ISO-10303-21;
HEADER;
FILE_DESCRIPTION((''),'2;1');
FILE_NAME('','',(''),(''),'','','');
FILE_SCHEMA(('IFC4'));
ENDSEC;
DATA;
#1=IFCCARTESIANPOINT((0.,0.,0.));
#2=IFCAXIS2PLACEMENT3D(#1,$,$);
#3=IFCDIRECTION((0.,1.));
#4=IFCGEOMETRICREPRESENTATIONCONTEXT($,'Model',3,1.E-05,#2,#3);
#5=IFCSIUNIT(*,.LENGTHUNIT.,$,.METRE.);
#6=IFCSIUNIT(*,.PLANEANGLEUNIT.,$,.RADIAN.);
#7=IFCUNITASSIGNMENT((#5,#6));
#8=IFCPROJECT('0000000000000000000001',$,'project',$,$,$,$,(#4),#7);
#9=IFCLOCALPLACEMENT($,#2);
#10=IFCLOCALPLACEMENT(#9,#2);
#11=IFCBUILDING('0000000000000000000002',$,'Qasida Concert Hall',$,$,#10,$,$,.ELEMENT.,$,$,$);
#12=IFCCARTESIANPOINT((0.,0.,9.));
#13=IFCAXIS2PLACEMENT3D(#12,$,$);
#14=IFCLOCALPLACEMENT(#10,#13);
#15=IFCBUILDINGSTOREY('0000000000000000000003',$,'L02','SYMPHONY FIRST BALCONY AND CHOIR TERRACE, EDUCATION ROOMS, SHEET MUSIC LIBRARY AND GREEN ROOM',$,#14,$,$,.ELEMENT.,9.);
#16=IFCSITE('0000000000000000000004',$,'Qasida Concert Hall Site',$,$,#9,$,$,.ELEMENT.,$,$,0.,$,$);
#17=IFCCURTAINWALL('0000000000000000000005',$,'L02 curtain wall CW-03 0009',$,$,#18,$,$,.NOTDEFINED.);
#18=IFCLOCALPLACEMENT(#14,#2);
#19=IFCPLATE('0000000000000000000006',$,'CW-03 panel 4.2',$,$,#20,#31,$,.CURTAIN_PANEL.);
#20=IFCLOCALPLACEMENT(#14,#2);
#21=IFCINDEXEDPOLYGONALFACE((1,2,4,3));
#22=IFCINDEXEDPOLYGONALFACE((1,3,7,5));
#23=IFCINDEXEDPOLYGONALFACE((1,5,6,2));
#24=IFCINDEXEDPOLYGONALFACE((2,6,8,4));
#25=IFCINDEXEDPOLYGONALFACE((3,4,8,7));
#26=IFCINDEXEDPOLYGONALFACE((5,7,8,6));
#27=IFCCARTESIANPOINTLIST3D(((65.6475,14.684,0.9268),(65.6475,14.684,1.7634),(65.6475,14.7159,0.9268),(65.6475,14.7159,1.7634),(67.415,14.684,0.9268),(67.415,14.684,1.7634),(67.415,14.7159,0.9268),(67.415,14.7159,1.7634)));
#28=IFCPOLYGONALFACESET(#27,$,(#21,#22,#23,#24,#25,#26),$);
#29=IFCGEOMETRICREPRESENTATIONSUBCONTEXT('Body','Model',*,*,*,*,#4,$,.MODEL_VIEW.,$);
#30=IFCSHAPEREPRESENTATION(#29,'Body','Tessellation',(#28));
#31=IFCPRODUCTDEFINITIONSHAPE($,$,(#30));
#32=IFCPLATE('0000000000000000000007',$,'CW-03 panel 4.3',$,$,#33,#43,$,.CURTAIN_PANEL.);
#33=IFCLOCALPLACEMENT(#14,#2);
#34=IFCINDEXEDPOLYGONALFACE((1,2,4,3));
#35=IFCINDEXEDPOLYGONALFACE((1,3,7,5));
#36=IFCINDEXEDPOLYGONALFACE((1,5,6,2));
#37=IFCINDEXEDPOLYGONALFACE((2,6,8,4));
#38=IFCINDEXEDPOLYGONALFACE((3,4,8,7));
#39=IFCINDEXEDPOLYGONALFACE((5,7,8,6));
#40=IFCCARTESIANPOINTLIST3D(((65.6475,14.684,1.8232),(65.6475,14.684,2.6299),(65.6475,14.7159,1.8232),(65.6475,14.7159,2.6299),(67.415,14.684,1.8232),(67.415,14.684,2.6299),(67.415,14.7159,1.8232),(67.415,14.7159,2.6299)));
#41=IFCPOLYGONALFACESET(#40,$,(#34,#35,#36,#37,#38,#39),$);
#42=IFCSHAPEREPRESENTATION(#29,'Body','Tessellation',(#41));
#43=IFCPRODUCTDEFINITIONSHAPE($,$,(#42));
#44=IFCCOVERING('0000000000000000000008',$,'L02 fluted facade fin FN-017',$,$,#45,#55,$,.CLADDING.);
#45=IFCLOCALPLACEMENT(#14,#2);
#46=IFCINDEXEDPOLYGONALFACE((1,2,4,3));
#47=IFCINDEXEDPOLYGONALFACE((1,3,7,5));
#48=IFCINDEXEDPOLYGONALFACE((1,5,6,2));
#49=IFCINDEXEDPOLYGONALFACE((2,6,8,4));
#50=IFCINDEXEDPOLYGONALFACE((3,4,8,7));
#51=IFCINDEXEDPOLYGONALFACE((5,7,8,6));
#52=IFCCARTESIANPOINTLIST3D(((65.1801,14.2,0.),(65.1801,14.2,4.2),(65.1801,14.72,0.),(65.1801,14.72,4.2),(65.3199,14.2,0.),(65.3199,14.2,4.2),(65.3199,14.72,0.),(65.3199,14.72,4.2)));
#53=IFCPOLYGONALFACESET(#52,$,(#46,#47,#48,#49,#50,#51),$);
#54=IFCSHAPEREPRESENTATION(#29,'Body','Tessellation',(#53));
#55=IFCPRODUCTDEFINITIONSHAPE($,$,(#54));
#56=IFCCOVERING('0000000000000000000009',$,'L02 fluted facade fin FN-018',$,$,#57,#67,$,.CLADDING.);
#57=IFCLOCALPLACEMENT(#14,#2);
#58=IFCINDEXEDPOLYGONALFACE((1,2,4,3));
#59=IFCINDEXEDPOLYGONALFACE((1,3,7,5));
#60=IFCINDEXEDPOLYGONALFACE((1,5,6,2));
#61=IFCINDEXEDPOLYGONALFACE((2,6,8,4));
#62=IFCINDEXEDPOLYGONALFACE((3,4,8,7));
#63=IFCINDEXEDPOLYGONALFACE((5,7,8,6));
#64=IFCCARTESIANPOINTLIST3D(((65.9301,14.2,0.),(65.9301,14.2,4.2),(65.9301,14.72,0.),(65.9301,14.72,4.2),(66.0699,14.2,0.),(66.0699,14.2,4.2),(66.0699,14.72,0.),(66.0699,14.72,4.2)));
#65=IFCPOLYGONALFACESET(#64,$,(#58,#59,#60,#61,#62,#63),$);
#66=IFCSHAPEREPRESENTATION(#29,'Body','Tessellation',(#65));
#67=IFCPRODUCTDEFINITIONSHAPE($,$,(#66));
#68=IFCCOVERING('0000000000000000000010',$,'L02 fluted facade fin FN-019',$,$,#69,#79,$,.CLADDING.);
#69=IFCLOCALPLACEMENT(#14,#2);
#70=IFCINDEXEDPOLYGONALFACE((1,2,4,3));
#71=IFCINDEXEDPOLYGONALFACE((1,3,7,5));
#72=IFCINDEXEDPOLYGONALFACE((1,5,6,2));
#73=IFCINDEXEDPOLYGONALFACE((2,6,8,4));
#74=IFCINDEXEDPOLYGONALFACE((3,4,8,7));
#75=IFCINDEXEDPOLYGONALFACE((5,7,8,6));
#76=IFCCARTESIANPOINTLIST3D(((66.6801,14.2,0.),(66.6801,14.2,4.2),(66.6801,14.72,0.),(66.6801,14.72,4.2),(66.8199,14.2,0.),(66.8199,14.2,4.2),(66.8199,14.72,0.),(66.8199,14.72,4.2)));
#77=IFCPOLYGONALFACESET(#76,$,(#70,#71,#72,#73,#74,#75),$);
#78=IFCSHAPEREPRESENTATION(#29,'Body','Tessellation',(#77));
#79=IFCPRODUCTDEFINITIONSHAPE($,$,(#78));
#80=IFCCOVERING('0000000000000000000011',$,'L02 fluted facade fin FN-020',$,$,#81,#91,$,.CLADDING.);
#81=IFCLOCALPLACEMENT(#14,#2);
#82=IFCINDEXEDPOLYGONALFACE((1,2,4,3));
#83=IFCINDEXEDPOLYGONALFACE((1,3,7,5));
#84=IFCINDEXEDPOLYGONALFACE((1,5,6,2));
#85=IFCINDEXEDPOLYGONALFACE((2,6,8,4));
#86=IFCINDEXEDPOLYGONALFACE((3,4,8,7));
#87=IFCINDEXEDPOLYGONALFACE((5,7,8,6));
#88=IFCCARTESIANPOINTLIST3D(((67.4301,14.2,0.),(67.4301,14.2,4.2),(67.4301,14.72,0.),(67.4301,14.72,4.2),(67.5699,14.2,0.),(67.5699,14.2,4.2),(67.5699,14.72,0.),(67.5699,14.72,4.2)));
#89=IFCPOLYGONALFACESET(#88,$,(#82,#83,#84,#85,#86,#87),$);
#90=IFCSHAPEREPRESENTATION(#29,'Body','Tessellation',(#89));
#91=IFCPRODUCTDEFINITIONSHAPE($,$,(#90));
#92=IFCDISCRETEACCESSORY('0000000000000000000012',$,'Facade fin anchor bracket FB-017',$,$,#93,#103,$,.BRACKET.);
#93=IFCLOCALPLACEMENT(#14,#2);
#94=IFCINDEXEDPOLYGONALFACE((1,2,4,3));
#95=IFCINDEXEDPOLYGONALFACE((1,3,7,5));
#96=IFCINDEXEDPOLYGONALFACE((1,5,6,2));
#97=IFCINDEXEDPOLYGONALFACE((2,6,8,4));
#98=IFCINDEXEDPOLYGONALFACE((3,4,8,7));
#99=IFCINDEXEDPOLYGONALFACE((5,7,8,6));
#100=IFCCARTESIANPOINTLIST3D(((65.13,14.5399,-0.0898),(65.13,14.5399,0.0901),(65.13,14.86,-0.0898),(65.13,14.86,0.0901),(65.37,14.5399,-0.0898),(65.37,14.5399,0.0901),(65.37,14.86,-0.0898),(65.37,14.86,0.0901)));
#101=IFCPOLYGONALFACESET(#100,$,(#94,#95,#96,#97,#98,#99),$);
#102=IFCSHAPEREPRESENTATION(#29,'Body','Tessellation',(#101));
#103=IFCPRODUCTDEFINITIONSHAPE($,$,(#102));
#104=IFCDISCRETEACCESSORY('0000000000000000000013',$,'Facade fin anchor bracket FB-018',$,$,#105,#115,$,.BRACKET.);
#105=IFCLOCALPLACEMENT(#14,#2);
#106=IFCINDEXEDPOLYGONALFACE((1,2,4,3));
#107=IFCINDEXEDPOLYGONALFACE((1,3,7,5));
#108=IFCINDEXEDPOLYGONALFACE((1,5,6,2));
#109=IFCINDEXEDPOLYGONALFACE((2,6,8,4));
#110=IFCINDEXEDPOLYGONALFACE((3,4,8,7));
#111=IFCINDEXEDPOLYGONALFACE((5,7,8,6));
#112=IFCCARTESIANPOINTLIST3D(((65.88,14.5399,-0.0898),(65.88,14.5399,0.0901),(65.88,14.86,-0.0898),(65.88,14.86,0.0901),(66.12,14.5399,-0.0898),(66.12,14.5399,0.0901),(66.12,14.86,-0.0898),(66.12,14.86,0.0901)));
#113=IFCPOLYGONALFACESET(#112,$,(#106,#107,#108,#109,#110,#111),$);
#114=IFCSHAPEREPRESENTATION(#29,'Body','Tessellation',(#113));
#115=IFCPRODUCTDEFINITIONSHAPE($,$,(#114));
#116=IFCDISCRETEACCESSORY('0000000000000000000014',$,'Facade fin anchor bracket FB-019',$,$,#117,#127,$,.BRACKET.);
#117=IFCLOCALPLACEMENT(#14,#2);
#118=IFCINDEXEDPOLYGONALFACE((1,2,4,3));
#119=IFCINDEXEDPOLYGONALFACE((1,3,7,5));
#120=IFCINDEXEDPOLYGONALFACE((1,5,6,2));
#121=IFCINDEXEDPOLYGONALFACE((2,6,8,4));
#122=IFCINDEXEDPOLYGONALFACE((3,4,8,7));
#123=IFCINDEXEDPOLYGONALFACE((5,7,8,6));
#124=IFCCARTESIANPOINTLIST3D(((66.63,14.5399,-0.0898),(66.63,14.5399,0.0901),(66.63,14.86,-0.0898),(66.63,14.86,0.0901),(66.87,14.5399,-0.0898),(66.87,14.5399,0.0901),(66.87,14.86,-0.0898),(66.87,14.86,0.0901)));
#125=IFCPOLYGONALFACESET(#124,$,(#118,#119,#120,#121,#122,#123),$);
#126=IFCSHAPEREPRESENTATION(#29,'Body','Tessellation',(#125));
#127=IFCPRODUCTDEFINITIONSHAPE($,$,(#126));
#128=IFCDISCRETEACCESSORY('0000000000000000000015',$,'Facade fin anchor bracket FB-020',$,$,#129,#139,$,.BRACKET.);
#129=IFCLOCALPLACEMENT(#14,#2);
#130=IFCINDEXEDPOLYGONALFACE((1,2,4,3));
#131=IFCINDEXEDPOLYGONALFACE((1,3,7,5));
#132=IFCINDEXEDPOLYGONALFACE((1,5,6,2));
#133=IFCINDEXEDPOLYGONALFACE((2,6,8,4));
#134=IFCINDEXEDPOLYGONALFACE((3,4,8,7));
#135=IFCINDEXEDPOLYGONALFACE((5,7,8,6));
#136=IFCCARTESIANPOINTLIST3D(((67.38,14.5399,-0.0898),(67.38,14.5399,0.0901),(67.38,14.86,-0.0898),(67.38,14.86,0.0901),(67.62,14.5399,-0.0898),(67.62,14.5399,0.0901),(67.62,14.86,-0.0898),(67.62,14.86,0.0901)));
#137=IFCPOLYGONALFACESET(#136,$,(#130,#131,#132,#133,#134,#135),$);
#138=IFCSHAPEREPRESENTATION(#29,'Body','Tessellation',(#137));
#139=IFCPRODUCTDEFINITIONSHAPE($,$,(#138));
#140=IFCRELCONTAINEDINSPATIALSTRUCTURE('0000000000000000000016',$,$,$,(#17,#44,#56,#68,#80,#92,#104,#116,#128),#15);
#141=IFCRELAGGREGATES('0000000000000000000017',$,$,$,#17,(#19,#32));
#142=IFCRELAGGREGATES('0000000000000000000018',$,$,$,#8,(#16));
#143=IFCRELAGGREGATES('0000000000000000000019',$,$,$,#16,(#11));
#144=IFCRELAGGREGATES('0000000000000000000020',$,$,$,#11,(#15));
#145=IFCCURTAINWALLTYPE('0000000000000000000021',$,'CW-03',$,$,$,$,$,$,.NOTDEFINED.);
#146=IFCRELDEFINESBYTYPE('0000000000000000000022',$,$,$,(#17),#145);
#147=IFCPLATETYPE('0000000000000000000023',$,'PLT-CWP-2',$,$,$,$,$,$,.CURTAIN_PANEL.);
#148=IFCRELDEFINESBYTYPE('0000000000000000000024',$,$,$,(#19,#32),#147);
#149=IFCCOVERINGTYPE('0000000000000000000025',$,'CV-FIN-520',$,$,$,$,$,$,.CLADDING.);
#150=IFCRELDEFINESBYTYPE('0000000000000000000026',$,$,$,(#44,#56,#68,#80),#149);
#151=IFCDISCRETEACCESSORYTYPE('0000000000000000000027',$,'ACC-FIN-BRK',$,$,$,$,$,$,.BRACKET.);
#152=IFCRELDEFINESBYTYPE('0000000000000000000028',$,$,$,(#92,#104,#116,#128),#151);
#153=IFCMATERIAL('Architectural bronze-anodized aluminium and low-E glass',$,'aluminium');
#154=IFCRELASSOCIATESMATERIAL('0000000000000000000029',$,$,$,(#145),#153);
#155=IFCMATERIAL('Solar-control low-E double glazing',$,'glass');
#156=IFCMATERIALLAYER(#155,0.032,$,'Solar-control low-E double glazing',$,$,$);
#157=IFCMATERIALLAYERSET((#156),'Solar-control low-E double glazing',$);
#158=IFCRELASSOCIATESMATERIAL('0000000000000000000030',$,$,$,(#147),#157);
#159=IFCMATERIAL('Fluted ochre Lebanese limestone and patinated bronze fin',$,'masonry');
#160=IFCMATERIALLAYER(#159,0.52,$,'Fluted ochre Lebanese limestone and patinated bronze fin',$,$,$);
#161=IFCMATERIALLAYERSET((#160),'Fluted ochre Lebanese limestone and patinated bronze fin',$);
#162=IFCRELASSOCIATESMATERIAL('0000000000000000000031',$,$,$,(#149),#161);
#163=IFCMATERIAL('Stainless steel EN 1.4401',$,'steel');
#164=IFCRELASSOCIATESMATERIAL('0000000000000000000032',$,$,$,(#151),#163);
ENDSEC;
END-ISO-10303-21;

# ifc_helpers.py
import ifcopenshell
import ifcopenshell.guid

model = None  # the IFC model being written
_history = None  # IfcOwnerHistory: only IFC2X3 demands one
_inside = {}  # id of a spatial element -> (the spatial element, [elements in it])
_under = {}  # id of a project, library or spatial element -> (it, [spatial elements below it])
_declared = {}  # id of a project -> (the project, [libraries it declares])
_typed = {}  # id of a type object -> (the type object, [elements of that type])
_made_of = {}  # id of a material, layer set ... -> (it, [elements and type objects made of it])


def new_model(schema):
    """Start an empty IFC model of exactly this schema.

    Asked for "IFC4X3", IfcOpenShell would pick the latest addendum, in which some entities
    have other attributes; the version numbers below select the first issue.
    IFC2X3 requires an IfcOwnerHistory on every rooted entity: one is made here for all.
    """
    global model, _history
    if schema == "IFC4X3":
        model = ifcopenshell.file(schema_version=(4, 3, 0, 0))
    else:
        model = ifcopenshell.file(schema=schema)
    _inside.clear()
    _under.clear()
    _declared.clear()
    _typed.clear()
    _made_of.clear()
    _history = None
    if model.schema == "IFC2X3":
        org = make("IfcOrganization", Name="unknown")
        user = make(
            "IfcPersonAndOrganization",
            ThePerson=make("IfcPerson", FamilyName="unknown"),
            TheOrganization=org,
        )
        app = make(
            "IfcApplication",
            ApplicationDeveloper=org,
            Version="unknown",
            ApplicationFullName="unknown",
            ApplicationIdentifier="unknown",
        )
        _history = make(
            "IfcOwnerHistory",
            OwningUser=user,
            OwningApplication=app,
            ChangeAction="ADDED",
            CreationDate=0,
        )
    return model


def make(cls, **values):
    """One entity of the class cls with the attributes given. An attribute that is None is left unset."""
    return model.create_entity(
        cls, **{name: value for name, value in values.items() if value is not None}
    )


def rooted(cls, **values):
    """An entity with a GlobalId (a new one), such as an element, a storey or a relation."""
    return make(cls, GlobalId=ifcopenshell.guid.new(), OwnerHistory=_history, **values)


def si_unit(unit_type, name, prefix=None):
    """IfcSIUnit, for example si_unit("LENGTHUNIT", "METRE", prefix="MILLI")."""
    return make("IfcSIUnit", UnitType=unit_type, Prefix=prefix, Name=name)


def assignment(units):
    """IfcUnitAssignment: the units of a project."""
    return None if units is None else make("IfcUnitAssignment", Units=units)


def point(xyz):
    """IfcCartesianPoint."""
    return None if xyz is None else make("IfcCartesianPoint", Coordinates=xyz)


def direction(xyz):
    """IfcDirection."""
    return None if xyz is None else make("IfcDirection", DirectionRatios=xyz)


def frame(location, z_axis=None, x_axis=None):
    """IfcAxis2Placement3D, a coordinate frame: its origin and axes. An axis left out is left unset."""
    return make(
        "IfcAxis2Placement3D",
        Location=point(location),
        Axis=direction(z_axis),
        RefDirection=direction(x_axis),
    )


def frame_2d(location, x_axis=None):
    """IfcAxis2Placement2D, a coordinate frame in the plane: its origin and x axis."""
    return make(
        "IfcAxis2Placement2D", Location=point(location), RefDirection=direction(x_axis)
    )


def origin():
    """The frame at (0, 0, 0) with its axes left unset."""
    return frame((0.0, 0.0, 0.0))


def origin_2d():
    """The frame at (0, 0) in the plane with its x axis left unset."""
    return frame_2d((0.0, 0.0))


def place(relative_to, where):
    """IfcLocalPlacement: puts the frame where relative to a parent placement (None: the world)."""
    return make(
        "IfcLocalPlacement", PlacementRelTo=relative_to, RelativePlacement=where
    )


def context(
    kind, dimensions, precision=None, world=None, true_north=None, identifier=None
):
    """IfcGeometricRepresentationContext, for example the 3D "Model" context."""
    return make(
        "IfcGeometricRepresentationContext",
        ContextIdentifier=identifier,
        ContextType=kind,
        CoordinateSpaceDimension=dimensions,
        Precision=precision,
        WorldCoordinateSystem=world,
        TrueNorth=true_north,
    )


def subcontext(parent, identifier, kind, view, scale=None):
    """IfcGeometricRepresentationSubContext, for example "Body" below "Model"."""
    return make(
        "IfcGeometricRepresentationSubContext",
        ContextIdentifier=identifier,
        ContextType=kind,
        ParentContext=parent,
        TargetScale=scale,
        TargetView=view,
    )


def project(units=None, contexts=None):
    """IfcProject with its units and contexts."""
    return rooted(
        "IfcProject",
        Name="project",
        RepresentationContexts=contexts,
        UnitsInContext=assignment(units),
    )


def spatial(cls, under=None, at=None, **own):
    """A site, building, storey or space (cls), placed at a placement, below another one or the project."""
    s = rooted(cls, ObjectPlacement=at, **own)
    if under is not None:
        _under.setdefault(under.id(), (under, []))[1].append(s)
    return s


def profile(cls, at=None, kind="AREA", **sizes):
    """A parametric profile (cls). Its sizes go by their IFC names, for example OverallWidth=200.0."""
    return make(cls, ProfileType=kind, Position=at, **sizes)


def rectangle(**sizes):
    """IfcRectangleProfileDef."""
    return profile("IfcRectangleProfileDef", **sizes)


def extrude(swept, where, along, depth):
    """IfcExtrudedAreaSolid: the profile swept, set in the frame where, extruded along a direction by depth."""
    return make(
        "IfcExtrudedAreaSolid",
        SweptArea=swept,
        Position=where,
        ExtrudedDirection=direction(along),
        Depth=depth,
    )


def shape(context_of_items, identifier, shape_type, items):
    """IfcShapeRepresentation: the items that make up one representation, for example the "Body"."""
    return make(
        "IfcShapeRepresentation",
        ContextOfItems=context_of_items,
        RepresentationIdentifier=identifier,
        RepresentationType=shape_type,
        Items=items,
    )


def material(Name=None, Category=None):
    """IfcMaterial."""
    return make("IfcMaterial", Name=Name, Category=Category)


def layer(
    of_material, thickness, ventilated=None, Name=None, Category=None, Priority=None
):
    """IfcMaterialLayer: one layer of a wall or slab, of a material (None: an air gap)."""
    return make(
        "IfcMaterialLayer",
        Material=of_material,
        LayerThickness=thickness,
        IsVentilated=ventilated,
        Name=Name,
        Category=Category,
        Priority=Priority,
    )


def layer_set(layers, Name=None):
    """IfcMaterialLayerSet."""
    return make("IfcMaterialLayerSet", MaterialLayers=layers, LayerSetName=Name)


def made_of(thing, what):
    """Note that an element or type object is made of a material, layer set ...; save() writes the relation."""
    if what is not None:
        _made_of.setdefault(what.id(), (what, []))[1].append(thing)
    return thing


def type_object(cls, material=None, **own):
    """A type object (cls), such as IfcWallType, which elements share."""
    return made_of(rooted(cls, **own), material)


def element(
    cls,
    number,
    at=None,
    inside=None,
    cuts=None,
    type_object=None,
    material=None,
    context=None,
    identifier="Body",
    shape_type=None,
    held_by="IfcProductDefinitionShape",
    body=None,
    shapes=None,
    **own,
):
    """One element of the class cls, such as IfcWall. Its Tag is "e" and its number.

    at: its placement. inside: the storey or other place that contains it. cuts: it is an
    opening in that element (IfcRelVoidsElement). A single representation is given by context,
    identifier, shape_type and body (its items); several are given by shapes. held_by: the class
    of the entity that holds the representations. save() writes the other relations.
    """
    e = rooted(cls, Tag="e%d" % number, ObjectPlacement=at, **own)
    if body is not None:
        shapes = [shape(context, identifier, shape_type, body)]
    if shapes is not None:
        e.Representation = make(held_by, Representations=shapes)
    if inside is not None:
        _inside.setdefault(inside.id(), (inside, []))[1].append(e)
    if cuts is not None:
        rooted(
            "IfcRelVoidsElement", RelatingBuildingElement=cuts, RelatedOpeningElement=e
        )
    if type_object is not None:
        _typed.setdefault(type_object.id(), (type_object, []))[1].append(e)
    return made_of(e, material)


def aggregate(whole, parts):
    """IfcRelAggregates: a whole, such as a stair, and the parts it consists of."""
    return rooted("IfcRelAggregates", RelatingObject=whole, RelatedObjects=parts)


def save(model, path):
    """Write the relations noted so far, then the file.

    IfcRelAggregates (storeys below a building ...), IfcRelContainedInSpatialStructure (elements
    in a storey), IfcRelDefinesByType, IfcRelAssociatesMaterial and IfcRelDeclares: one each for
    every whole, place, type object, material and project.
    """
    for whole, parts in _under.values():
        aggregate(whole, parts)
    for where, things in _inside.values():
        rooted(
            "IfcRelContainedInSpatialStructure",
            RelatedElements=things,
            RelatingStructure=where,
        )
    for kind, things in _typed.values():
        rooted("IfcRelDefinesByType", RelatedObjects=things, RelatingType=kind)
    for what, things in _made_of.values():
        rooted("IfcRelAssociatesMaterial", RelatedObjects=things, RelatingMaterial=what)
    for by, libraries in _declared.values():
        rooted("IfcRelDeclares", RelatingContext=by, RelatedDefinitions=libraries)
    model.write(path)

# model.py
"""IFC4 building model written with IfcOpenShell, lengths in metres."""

from ifc_helpers import new_model, si_unit, direction, frame, origin, origin_2d, place, context, subcontext, project, spatial, rectangle, extrude, material, layer, layer_set, type_object, element, aggregate, save


model = new_model("IFC4")

# Units and contexts
model_context = context("Model", 3, precision=1e-05, world=origin(), true_north=direction((0.0, 1.0)))
body_context = subcontext(model_context, "Body", "Model", "MODEL_VIEW")
ifc_project = project(units=[si_unit("LENGTHUNIT", "METRE"), si_unit("PLANEANGLEUNIT", "RADIAN")], contexts=[model_context])

# Site, building, storey
site_placement = place(None, origin())
site = spatial("IfcSite", under=ifc_project, at=site_placement, Name="Qasida Concert Hall Site", CompositionType="ELEMENT", RefElevation=0.0)
building_placement = place(site_placement, origin())
building = spatial("IfcBuilding", under=site, at=building_placement, Name="Qasida Concert Hall", CompositionType="ELEMENT")
storey_placement = place(building_placement, frame((0.0, 0.0, 9.0)))
storey = spatial("IfcBuildingStorey", under=building, at=storey_placement, Name="L02", Description="SYMPHONY FIRST BALCONY AND CHOIR TERRACE, EDUCATION ROOMS, SHEET MUSIC LIBRARY AND GREEN ROOM", CompositionType="ELEMENT", Elevation=9.0)

# Curtain wall
ifc_material_1 = material(Name="Architectural bronze-anodized aluminium and low-E glass", Category="aluminium")
curtain_wall_type = type_object("IfcCurtainWallType", Name="CW-03", PredefinedType="NOTDEFINED", material=ifc_material_1)
curtain_wall_1_placement = place(storey_placement, origin())
curtain_wall_1 = element("IfcCurtainWall", 1, at=curtain_wall_1_placement, inside=storey, type_object=curtain_wall_type, Name="L02 curtain wall CW-03 0009", PredefinedType="NOTDEFINED")

# Plates
ifc_material_2 = material(Name="Solar-control low-E double glazing", Category="glass")
ifc_layer_1 = layer(ifc_material_2, 0.032, Name="Solar-control low-E double glazing")
ifc_layer_set_1 = layer_set([ifc_layer_1], Name="Solar-control low-E double glazing")
plate_type = type_object("IfcPlateType", Name="PLT-CWP-2", PredefinedType="CURTAIN_PANEL", material=ifc_layer_set_1)
plate_1_placement = place(storey_placement, frame((66.5312, 14.7, 0.9268), z_axis=(0.0, 0.0, 1.0), x_axis=(1.0, 0.0, 0.0)))
plate_1 = element("IfcPlate", 2, at=plate_1_placement, type_object=plate_type, Name="CW-03 panel 4.2", PredefinedType="CURTAIN_PANEL", context=body_context, shape_type="SweptSolid", body=[
    extrude(rectangle(XDim=1.7676, YDim=0.032, at=origin_2d()), origin(), (0.0, 0.0, 1.0), 0.8367),
])
plate_2_placement = place(storey_placement, frame((66.5312, 14.7, 1.8232), z_axis=(0.0, 0.0, 1.0), x_axis=(1.0, 0.0, 0.0)))
plate_2 = element("IfcPlate", 3, at=plate_2_placement, type_object=plate_type, Name="CW-03 panel 4.3", PredefinedType="CURTAIN_PANEL", context=body_context, shape_type="SweptSolid", body=[
    extrude(rectangle(XDim=1.7676, YDim=0.032, at=origin_2d()), origin(), (0.0, 0.0, 1.0), 0.8066),
])
aggregate(curtain_wall_1, [plate_1, plate_2])

# Coverings
ifc_material_3 = material(Name="Fluted ochre Lebanese limestone and patinated bronze fin", Category="masonry")
ifc_layer_2 = layer(ifc_material_3, 0.52, Name="Fluted ochre Lebanese limestone and patinated bronze fin")
ifc_layer_set_2 = layer_set([ifc_layer_2], Name="Fluted ochre Lebanese limestone and patinated bronze fin")
covering_type = type_object("IfcCoveringType", Name="CV-FIN-520", PredefinedType="CLADDING", material=ifc_layer_set_2)
for number, where, z_axis, x_axis, name in (
    (4, (65.25, 14.46, 0.0), (0.0, 0.0, 1.0), (1.0, 0.0, 0.0), "L02 fluted facade fin FN-017"),
    (5, (66.0, 14.46, 0.0), (0.0, 0.0, 1.0), (1.0, 0.0, 0.0), "L02 fluted facade fin FN-018"),
    (6, (66.75, 14.46, 0.0), (0.0, 0.0, 1.0), (1.0, 0.0, 0.0), "L02 fluted facade fin FN-019"),
    (7, (67.5, 14.46, 0.0), (0.0, 0.0, 1.0), (1.0, 0.0, 0.0), "L02 fluted facade fin FN-020"),
):
    element("IfcCovering", number, at=place(storey_placement, frame(where, z_axis=z_axis, x_axis=x_axis)), inside=storey, type_object=covering_type, Name=name, PredefinedType="CLADDING", context=body_context, shape_type="SweptSolid", body=[
        extrude(rectangle(XDim=0.1399, YDim=0.52, at=origin_2d()), origin(), (0.0, 0.0, 1.0), 4.2),
    ])

# Discrete accessories
ifc_material_4 = material(Name="Stainless steel EN 1.4401", Category="steel")
discrete_accessory_type = type_object("IfcDiscreteAccessoryType", Name="ACC-FIN-BRK", PredefinedType="BRACKET", material=ifc_material_4)
for number, where, z_axis, x_axis, name in (
    (8, (65.25, 14.7, -0.0898), (0.0, 0.0, 1.0), (1.0, 0.0, 0.0), "Facade fin anchor bracket FB-017"),
    (9, (66.0, 14.7, -0.0898), (0.0, 0.0, 1.0), (1.0, 0.0, 0.0), "Facade fin anchor bracket FB-018"),
    (10, (66.75, 14.7, -0.0898), (0.0, 0.0, 1.0), (1.0, 0.0, 0.0), "Facade fin anchor bracket FB-019"),
    (11, (67.5, 14.7, -0.0898), (0.0, 0.0, 1.0), (1.0, 0.0, 0.0), "Facade fin anchor bracket FB-020"),
):
    element("IfcDiscreteAccessory", number, at=place(storey_placement, frame(where, z_axis=z_axis, x_axis=x_axis)), inside=storey, type_object=discrete_accessory_type, Name=name, PredefinedType="BRACKET", context=body_context, shape_type="SweptSolid", body=[
        extrude(rectangle(XDim=0.24, YDim=0.3201, at=origin_2d()), origin(), (0.0, 0.0, 1.0), 0.1799),
    ])

save(model, "model.ifc")
